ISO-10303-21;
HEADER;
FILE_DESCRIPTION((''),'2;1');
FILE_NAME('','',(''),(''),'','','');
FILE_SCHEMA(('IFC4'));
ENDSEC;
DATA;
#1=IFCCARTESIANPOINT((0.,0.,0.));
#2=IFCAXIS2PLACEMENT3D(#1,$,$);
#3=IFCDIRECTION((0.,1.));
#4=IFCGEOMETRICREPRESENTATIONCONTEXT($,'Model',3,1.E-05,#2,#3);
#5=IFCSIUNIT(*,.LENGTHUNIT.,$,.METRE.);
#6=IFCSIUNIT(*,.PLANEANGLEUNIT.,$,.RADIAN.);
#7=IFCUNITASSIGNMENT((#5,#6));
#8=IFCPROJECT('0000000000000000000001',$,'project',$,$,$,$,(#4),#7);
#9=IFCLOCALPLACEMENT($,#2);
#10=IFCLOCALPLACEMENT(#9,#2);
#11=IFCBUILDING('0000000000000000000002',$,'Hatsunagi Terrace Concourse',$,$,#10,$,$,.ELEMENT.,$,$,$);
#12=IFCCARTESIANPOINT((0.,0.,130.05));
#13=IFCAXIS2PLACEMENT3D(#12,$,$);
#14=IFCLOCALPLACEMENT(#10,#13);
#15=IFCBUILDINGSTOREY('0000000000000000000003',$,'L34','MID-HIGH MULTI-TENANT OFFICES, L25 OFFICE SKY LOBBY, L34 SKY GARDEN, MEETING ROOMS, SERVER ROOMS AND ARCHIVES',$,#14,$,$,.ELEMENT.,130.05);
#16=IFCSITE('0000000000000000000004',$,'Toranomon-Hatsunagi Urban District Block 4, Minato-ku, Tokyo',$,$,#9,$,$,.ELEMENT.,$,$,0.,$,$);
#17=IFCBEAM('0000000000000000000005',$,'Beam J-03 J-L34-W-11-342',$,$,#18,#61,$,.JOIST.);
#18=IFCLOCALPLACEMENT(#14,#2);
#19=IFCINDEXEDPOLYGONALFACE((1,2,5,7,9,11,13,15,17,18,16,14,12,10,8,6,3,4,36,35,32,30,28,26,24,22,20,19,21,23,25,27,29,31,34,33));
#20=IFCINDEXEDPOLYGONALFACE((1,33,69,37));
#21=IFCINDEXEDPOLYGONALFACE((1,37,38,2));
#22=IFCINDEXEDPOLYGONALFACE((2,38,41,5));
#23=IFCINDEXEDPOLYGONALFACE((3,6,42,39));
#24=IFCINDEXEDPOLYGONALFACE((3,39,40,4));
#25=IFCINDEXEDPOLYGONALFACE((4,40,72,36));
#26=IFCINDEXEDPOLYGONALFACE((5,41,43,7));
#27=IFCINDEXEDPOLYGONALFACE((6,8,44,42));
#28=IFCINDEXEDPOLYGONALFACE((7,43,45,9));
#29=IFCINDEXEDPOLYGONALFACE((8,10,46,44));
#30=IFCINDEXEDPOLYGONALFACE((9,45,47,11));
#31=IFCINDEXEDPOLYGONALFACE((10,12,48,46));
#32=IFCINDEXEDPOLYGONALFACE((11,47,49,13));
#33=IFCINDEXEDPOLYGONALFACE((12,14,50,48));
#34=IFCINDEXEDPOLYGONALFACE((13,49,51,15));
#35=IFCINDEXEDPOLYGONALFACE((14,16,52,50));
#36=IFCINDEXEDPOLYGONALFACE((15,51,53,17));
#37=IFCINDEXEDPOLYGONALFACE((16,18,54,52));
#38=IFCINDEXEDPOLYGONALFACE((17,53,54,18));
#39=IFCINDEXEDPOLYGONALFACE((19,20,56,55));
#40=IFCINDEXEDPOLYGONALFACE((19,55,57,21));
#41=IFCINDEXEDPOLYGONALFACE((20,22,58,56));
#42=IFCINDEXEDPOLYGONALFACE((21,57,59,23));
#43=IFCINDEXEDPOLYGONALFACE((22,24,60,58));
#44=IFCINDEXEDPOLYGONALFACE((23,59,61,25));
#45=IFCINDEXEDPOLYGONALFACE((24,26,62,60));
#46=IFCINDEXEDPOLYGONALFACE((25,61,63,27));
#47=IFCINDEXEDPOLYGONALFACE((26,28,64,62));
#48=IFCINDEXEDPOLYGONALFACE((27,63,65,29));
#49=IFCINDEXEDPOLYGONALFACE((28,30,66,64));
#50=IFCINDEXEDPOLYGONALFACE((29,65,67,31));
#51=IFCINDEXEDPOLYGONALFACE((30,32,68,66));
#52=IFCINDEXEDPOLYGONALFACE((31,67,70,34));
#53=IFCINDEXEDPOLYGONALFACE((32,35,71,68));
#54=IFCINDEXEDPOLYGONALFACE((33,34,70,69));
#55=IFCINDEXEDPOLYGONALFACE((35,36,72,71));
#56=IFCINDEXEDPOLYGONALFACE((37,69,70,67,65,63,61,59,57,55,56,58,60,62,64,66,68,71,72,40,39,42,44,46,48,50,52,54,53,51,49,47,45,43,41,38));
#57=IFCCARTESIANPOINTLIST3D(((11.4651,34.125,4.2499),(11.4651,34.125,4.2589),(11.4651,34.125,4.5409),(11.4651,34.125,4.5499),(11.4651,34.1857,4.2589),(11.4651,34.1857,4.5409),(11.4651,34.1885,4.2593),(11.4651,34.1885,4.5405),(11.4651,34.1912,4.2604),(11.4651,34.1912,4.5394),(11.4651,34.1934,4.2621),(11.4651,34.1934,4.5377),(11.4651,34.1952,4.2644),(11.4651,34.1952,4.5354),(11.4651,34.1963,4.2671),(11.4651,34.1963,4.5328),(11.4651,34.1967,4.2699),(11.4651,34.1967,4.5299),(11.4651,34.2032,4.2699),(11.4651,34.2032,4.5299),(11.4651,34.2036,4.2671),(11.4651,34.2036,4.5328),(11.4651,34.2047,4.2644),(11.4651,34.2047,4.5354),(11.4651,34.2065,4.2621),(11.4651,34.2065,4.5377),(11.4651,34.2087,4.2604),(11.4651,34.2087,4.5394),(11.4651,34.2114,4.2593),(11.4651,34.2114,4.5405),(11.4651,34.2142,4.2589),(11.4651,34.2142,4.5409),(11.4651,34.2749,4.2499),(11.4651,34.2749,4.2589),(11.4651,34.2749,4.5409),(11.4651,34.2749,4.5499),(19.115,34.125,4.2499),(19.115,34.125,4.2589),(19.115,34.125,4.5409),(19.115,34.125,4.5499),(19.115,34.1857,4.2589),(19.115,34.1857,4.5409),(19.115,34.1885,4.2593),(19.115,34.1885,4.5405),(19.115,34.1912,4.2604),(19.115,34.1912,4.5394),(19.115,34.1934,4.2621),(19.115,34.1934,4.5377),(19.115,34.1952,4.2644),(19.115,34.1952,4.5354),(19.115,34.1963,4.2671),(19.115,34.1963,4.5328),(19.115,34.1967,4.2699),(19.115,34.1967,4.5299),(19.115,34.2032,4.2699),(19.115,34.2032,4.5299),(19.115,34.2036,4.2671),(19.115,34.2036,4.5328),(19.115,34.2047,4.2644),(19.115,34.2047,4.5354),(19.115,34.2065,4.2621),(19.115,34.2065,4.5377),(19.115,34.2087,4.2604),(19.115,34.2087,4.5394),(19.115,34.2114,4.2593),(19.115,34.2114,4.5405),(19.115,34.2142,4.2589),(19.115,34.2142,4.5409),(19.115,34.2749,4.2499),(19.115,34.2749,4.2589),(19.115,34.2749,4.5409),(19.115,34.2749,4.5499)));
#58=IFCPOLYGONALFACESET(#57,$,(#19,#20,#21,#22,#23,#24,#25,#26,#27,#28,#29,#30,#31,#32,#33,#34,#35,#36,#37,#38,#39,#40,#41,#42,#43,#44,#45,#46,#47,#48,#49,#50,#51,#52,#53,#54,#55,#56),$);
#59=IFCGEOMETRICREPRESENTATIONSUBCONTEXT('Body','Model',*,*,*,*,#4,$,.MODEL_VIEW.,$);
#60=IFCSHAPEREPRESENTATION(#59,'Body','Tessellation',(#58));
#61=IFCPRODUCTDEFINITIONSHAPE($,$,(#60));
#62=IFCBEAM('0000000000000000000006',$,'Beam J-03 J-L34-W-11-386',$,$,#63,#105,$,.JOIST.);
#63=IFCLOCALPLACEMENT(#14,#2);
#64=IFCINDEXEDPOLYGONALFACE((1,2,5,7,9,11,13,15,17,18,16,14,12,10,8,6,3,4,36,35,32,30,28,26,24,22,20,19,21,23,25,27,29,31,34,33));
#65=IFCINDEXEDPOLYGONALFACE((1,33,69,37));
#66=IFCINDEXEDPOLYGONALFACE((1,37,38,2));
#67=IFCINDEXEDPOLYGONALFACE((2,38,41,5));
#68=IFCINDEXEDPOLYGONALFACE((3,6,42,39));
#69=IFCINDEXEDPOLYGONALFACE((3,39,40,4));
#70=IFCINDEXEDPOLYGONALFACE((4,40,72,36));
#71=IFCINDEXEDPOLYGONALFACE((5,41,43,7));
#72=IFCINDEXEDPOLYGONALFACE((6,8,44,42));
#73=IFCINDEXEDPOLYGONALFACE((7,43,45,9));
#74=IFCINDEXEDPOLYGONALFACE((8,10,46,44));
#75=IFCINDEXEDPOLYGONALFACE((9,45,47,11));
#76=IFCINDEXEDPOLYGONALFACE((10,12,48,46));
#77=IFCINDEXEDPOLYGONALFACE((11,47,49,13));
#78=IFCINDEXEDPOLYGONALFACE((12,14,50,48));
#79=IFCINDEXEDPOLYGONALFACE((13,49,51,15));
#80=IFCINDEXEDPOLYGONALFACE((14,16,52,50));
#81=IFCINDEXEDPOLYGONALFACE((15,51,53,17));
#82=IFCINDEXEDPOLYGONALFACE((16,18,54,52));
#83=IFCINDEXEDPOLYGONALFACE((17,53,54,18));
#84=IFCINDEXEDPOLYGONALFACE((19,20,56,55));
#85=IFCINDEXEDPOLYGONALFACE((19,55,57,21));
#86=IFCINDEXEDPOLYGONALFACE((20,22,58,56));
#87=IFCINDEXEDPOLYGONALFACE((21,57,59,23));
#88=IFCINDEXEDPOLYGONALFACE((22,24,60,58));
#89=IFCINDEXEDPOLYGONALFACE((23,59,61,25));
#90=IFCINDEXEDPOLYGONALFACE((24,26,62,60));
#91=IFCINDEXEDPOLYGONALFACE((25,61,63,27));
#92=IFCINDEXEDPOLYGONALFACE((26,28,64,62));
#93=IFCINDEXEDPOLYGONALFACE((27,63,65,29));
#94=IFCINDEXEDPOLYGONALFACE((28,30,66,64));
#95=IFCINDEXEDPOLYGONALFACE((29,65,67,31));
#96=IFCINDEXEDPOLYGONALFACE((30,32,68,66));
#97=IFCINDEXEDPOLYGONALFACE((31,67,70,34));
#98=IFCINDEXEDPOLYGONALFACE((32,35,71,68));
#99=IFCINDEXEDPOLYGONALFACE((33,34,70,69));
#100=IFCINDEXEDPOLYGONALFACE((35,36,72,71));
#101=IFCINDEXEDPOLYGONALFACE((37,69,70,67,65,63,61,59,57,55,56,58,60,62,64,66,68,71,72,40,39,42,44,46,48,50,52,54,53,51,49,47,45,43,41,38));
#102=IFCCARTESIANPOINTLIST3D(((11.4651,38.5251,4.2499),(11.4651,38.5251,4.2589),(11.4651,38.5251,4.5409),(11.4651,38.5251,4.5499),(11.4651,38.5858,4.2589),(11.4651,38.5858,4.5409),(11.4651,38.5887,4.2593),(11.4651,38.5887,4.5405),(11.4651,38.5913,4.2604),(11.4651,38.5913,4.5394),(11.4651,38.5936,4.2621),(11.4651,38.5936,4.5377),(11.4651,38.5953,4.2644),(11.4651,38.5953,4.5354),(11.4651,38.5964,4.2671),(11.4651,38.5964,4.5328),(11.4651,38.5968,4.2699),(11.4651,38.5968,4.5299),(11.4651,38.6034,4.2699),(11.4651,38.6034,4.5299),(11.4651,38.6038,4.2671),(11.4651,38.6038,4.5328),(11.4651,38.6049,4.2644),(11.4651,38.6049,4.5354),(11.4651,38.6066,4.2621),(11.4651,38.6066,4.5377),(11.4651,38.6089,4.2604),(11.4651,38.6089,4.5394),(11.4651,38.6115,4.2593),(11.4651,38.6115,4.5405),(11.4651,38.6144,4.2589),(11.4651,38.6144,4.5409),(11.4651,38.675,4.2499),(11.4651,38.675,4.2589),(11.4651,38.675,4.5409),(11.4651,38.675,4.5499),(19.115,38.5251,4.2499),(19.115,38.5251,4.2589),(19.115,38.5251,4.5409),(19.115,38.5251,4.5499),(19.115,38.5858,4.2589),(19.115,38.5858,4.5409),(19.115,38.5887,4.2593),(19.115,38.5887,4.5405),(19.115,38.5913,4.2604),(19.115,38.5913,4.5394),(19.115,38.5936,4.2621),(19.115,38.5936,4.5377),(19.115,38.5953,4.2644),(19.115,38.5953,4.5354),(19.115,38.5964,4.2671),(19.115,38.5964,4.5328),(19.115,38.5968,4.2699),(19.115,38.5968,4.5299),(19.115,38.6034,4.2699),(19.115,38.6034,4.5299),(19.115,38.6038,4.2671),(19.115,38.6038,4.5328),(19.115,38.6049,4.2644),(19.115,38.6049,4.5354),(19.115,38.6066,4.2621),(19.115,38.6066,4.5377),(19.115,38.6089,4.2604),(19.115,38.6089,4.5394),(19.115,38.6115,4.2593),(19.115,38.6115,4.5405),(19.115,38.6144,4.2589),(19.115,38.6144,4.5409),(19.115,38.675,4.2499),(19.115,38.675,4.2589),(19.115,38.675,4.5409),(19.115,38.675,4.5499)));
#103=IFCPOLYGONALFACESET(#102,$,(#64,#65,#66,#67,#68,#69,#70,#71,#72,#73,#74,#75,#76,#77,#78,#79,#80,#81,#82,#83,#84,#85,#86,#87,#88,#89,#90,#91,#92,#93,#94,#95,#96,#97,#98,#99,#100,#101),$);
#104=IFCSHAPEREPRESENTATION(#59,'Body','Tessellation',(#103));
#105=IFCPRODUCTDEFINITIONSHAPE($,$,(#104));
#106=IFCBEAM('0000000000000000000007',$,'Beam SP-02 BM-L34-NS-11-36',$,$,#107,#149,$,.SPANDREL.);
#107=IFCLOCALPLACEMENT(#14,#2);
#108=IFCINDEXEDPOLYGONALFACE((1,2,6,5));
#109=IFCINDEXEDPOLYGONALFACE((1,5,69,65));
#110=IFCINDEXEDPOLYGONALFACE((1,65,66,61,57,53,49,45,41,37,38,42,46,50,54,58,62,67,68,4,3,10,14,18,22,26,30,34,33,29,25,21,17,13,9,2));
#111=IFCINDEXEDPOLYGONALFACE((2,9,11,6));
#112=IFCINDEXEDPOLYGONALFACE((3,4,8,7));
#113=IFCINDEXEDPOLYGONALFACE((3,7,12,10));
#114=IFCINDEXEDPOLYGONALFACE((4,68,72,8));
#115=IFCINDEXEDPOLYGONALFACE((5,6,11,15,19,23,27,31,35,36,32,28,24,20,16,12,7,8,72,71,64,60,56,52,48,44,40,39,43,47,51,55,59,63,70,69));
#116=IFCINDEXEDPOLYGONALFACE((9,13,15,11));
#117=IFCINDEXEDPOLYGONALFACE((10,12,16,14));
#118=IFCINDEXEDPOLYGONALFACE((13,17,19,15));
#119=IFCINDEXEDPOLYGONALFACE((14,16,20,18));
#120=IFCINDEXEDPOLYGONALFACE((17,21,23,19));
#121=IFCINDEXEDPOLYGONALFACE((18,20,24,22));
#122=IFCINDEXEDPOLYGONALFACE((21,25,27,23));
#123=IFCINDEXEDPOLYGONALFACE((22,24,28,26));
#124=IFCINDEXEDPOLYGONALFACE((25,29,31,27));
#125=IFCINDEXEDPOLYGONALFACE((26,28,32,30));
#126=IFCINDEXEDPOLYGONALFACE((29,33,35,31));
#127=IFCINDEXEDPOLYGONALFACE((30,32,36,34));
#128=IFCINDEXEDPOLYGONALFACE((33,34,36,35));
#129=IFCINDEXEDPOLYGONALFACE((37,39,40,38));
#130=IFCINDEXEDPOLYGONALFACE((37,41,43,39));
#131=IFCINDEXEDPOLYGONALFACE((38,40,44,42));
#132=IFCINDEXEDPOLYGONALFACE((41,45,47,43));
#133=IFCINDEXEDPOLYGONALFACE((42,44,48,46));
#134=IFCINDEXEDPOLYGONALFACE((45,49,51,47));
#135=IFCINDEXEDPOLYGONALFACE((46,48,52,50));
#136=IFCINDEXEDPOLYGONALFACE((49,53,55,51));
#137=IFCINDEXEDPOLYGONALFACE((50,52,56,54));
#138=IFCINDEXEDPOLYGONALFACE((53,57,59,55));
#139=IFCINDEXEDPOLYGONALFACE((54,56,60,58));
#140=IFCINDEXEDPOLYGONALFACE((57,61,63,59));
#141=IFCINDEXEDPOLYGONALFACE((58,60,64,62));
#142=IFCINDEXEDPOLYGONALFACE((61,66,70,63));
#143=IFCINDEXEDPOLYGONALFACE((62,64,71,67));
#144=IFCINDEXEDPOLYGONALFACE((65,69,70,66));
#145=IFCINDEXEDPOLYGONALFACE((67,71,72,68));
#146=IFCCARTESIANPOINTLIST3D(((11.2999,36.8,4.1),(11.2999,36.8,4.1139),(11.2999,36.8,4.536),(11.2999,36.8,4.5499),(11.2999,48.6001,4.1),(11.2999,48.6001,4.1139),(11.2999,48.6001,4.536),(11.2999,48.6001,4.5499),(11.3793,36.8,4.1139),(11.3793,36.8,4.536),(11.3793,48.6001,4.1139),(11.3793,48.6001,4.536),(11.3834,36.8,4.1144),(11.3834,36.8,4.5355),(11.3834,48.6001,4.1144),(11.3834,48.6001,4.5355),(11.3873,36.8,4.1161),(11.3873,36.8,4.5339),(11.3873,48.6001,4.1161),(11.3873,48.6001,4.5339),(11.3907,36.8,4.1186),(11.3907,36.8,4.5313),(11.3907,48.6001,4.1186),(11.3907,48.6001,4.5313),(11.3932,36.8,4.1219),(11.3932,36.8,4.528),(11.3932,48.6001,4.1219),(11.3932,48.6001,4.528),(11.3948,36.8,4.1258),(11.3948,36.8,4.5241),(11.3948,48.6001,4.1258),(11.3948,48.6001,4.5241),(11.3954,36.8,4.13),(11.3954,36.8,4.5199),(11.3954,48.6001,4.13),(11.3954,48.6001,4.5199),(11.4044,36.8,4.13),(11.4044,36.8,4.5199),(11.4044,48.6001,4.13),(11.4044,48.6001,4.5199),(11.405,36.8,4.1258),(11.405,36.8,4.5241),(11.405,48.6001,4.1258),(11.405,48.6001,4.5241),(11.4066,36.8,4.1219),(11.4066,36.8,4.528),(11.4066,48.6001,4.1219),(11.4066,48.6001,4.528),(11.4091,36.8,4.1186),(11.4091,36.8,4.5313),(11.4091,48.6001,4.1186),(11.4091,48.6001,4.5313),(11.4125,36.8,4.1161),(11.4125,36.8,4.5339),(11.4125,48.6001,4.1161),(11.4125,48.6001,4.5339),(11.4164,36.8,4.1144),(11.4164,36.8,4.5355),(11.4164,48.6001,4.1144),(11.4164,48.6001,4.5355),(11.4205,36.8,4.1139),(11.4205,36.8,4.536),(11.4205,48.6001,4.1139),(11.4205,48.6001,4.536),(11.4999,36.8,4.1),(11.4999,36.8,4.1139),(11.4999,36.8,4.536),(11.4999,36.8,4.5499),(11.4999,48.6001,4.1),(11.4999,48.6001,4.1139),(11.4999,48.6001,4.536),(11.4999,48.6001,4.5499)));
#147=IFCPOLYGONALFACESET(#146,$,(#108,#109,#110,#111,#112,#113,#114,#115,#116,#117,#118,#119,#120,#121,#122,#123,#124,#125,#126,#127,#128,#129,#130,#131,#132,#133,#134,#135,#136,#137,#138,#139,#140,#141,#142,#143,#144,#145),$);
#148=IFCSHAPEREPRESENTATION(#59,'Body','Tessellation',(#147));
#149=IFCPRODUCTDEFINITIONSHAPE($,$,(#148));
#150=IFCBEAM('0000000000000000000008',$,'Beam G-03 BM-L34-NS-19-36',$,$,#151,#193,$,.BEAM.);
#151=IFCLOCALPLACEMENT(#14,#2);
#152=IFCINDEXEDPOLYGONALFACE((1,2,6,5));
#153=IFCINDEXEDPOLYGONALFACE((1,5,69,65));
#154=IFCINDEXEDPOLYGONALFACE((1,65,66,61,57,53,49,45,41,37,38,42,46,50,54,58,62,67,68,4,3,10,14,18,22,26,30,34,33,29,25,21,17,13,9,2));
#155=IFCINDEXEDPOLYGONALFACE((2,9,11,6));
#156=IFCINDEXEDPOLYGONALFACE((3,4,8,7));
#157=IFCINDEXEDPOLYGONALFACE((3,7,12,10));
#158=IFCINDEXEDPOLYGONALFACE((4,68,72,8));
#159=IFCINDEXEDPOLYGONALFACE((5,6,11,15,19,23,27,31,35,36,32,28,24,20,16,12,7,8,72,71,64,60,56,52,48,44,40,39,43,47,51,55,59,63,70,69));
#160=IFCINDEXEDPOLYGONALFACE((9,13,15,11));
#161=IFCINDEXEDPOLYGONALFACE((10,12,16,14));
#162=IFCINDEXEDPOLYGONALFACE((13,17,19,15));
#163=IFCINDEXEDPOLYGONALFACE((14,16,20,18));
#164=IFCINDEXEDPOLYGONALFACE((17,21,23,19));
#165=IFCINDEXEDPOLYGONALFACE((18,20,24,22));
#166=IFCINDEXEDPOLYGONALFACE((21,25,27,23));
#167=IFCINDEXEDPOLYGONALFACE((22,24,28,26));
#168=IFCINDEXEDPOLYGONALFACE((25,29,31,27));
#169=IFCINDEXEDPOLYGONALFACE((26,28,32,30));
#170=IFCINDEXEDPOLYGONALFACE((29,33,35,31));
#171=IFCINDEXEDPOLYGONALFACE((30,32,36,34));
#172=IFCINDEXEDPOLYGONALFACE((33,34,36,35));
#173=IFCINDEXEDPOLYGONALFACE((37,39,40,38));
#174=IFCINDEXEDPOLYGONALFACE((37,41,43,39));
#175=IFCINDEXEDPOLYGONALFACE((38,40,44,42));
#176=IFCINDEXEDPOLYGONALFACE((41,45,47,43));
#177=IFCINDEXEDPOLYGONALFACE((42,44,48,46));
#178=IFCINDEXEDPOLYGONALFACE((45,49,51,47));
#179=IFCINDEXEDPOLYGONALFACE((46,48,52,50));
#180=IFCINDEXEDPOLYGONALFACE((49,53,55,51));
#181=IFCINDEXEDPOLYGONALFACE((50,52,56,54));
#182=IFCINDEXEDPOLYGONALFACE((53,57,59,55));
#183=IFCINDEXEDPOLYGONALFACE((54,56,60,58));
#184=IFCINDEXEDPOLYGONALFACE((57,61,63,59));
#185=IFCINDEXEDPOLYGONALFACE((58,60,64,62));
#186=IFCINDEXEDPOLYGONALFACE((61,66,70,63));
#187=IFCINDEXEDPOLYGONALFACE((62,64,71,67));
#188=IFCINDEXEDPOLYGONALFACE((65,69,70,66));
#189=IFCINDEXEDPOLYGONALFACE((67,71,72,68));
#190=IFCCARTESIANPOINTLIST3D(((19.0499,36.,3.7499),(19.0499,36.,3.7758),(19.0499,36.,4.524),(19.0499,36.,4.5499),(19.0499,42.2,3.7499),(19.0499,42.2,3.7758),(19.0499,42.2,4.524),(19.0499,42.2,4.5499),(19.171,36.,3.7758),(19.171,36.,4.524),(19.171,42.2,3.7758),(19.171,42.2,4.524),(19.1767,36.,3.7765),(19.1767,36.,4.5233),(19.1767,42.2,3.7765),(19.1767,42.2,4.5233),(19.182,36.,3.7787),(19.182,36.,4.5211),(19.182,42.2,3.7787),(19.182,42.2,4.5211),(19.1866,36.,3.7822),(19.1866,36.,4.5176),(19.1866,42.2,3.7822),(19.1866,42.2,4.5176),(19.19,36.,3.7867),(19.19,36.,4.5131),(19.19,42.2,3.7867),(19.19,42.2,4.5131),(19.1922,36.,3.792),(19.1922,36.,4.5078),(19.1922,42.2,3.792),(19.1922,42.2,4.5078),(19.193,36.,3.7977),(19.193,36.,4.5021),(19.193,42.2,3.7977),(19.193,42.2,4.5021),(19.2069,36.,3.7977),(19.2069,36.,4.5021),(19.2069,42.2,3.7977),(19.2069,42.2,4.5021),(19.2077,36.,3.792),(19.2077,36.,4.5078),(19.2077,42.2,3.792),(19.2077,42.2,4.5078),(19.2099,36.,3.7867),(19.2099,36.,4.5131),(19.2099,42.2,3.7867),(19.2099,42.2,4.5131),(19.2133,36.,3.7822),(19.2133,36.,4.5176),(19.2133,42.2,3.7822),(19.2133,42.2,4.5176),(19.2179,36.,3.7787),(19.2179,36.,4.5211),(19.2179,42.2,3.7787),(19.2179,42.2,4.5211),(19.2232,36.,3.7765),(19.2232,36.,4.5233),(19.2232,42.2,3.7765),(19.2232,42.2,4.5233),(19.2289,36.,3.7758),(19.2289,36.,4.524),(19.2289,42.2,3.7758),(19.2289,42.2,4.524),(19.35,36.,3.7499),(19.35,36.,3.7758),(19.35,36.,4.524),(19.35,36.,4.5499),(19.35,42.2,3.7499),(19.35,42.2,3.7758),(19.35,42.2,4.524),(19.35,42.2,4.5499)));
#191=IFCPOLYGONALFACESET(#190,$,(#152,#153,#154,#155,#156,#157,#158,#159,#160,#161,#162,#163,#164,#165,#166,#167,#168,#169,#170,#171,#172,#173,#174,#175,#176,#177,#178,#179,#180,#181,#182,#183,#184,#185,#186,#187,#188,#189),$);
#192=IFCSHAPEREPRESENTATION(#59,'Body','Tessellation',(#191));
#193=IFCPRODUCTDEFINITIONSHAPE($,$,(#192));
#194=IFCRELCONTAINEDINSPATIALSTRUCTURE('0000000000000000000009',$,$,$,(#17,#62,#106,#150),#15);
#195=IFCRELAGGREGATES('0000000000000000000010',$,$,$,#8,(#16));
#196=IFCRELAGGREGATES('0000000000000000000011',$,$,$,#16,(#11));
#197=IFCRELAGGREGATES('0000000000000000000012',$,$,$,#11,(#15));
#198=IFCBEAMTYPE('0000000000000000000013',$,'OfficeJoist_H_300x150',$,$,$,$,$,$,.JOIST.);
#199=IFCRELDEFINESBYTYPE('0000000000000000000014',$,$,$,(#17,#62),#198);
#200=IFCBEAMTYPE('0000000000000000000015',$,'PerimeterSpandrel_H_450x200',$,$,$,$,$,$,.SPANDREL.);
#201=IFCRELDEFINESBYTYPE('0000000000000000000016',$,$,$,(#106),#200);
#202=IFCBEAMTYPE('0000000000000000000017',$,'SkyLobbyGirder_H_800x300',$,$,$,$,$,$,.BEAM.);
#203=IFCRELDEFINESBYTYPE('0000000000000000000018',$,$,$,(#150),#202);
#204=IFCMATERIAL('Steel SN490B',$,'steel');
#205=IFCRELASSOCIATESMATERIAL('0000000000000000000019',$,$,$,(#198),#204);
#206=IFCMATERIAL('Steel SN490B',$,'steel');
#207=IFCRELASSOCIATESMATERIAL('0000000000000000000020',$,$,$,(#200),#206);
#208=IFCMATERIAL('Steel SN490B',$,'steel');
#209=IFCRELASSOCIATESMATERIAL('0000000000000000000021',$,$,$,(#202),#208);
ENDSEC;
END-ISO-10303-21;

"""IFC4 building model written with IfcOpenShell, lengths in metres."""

from ifc_helpers import new_model, si_unit, direction, frame, origin, origin_2d, place, context, subcontext, project, spatial, i_section, extrude, material, material_profile, profile_set, type_object, element, save


model = new_model("IFC4")

# Units and contexts
model_context = context("Model", 3, precision=1e-05, world=origin(), true_north=direction((0.0, 1.0)))
body_context = subcontext(model_context, "Body", "Model", "MODEL_VIEW")
ifc_project = project(units=[si_unit("LENGTHUNIT", "METRE"), si_unit("PLANEANGLEUNIT", "RADIAN")], contexts=[model_context])

# Site, building, storey
site_placement = place(None, origin())
site = spatial("IfcSite", under=ifc_project, at=site_placement, Name="Toranomon-Hatsunagi Urban District Block 4, Minato-ku, Tokyo", CompositionType="ELEMENT", RefElevation=0.0)
building_placement = place(site_placement, origin())
building = spatial("IfcBuilding", under=site, at=building_placement, Name="Hatsunagi Terrace Concourse", CompositionType="ELEMENT")
storey_placement = place(building_placement, frame((0.0, 0.0, 130.05)))
storey = spatial("IfcBuildingStorey", under=building, at=storey_placement, Name="L34", Description="MID-HIGH MULTI-TENANT OFFICES, L25 OFFICE SKY LOBBY, L34 SKY GARDEN, MEETING ROOMS, SERVER ROOMS AND ARCHIVES", CompositionType="ELEMENT", Elevation=130.05)

# Beams
ifc_material_1 = material(Name="Steel SN490B", Category="steel")
ifc_material_profile_1 = material_profile(ifc_material_1, i_section(OverallWidth=0.1499, OverallDepth=0.3, WebThickness=0.0066, FlangeThickness=0.009, FilletRadius=0.011, at=origin_2d()), Name="H-300x150x6.5x9")
ifc_profile_set_1 = profile_set([ifc_material_profile_1], Name="Steel SN490B")
beam_type_1 = type_object("IfcBeamType", Name="OfficeJoist_H_300x150", PredefinedType="JOIST", material=ifc_profile_set_1)
for number, where, z_axis, x_axis, name in (
    (1, (11.4651, 34.2, 4.3999), (1.0, 0.0, 0.0), (0.0, 1.0, 0.0), "Beam J-03 J-L34-W-11-342"),
    (2, (11.4651, 38.6001, 4.3999), (1.0, 0.0, 0.0), (0.0, 1.0, 0.0), "Beam J-03 J-L34-W-11-386"),
):
    element("IfcBeam", number, at=place(storey_placement, frame(where, z_axis=z_axis, x_axis=x_axis)), inside=storey, type_object=beam_type_1, Name=name, PredefinedType="JOIST", context=body_context, shape_type="SweptSolid", body=[
        extrude(i_section(OverallWidth=0.1499, OverallDepth=0.3, WebThickness=0.0066, FlangeThickness=0.009, FilletRadius=0.011, at=origin_2d()), origin(), (0.0, 0.0, 1.0), 7.6499),
    ])
ifc_material_2 = material(Name="Steel SN490B", Category="steel")
ifc_material_profile_2 = material_profile(ifc_material_2, i_section(OverallWidth=0.2, OverallDepth=0.45, WebThickness=0.009, FlangeThickness=0.0139, FilletRadius=0.0161, at=origin_2d()), Name="H-450x200x9x14")
ifc_profile_set_2 = profile_set([ifc_material_profile_2], Name="Steel SN490B")
beam_type_2 = type_object("IfcBeamType", Name="PerimeterSpandrel_H_450x200", PredefinedType="SPANDREL", material=ifc_profile_set_2)
beam_1_placement = place(storey_placement, frame((11.3999, 36.8, 4.325), z_axis=(0.0, 1.0, 0.0), x_axis=(-1.0, 0.0, 0.0)))
element("IfcBeam", 3, at=beam_1_placement, inside=storey, type_object=beam_type_2, Name="Beam SP-02 BM-L34-NS-11-36", PredefinedType="SPANDREL", context=body_context, shape_type="SweptSolid", body=[
    extrude(i_section(OverallWidth=0.2, OverallDepth=0.45, WebThickness=0.009, FlangeThickness=0.0139, FilletRadius=0.0161, at=origin_2d()), origin(), (0.0, 0.0, 1.0), 11.8),
])
ifc_material_3 = material(Name="Steel SN490B", Category="steel")
ifc_material_profile_3 = material_profile(ifc_material_3, i_section(OverallWidth=0.3, OverallDepth=0.8, WebThickness=0.0139, FlangeThickness=0.0259, FilletRadius=0.022, at=origin_2d()), Name="H-800x300x14x26")
ifc_profile_set_3 = profile_set([ifc_material_profile_3], Name="Steel SN490B")
beam_type_3 = type_object("IfcBeamType", Name="SkyLobbyGirder_H_800x300", PredefinedType="BEAM", material=ifc_profile_set_3)
beam_2_placement = place(storey_placement, frame((19.2, 36.0, 4.1499), z_axis=(0.0, 1.0, 0.0), x_axis=(-1.0, 0.0, 0.0)))
element("IfcBeam", 4, at=beam_2_placement, inside=storey, type_object=beam_type_3, Name="Beam G-03 BM-L34-NS-19-36", PredefinedType="BEAM", context=body_context, shape_type="SweptSolid", body=[
    extrude(i_section(OverallWidth=0.3, OverallDepth=0.8, WebThickness=0.0139, FlangeThickness=0.0259, FilletRadius=0.022, at=origin_2d()), origin(), (0.0, 0.0, 1.0), 6.2),
])

save(model, "model.ifc")
